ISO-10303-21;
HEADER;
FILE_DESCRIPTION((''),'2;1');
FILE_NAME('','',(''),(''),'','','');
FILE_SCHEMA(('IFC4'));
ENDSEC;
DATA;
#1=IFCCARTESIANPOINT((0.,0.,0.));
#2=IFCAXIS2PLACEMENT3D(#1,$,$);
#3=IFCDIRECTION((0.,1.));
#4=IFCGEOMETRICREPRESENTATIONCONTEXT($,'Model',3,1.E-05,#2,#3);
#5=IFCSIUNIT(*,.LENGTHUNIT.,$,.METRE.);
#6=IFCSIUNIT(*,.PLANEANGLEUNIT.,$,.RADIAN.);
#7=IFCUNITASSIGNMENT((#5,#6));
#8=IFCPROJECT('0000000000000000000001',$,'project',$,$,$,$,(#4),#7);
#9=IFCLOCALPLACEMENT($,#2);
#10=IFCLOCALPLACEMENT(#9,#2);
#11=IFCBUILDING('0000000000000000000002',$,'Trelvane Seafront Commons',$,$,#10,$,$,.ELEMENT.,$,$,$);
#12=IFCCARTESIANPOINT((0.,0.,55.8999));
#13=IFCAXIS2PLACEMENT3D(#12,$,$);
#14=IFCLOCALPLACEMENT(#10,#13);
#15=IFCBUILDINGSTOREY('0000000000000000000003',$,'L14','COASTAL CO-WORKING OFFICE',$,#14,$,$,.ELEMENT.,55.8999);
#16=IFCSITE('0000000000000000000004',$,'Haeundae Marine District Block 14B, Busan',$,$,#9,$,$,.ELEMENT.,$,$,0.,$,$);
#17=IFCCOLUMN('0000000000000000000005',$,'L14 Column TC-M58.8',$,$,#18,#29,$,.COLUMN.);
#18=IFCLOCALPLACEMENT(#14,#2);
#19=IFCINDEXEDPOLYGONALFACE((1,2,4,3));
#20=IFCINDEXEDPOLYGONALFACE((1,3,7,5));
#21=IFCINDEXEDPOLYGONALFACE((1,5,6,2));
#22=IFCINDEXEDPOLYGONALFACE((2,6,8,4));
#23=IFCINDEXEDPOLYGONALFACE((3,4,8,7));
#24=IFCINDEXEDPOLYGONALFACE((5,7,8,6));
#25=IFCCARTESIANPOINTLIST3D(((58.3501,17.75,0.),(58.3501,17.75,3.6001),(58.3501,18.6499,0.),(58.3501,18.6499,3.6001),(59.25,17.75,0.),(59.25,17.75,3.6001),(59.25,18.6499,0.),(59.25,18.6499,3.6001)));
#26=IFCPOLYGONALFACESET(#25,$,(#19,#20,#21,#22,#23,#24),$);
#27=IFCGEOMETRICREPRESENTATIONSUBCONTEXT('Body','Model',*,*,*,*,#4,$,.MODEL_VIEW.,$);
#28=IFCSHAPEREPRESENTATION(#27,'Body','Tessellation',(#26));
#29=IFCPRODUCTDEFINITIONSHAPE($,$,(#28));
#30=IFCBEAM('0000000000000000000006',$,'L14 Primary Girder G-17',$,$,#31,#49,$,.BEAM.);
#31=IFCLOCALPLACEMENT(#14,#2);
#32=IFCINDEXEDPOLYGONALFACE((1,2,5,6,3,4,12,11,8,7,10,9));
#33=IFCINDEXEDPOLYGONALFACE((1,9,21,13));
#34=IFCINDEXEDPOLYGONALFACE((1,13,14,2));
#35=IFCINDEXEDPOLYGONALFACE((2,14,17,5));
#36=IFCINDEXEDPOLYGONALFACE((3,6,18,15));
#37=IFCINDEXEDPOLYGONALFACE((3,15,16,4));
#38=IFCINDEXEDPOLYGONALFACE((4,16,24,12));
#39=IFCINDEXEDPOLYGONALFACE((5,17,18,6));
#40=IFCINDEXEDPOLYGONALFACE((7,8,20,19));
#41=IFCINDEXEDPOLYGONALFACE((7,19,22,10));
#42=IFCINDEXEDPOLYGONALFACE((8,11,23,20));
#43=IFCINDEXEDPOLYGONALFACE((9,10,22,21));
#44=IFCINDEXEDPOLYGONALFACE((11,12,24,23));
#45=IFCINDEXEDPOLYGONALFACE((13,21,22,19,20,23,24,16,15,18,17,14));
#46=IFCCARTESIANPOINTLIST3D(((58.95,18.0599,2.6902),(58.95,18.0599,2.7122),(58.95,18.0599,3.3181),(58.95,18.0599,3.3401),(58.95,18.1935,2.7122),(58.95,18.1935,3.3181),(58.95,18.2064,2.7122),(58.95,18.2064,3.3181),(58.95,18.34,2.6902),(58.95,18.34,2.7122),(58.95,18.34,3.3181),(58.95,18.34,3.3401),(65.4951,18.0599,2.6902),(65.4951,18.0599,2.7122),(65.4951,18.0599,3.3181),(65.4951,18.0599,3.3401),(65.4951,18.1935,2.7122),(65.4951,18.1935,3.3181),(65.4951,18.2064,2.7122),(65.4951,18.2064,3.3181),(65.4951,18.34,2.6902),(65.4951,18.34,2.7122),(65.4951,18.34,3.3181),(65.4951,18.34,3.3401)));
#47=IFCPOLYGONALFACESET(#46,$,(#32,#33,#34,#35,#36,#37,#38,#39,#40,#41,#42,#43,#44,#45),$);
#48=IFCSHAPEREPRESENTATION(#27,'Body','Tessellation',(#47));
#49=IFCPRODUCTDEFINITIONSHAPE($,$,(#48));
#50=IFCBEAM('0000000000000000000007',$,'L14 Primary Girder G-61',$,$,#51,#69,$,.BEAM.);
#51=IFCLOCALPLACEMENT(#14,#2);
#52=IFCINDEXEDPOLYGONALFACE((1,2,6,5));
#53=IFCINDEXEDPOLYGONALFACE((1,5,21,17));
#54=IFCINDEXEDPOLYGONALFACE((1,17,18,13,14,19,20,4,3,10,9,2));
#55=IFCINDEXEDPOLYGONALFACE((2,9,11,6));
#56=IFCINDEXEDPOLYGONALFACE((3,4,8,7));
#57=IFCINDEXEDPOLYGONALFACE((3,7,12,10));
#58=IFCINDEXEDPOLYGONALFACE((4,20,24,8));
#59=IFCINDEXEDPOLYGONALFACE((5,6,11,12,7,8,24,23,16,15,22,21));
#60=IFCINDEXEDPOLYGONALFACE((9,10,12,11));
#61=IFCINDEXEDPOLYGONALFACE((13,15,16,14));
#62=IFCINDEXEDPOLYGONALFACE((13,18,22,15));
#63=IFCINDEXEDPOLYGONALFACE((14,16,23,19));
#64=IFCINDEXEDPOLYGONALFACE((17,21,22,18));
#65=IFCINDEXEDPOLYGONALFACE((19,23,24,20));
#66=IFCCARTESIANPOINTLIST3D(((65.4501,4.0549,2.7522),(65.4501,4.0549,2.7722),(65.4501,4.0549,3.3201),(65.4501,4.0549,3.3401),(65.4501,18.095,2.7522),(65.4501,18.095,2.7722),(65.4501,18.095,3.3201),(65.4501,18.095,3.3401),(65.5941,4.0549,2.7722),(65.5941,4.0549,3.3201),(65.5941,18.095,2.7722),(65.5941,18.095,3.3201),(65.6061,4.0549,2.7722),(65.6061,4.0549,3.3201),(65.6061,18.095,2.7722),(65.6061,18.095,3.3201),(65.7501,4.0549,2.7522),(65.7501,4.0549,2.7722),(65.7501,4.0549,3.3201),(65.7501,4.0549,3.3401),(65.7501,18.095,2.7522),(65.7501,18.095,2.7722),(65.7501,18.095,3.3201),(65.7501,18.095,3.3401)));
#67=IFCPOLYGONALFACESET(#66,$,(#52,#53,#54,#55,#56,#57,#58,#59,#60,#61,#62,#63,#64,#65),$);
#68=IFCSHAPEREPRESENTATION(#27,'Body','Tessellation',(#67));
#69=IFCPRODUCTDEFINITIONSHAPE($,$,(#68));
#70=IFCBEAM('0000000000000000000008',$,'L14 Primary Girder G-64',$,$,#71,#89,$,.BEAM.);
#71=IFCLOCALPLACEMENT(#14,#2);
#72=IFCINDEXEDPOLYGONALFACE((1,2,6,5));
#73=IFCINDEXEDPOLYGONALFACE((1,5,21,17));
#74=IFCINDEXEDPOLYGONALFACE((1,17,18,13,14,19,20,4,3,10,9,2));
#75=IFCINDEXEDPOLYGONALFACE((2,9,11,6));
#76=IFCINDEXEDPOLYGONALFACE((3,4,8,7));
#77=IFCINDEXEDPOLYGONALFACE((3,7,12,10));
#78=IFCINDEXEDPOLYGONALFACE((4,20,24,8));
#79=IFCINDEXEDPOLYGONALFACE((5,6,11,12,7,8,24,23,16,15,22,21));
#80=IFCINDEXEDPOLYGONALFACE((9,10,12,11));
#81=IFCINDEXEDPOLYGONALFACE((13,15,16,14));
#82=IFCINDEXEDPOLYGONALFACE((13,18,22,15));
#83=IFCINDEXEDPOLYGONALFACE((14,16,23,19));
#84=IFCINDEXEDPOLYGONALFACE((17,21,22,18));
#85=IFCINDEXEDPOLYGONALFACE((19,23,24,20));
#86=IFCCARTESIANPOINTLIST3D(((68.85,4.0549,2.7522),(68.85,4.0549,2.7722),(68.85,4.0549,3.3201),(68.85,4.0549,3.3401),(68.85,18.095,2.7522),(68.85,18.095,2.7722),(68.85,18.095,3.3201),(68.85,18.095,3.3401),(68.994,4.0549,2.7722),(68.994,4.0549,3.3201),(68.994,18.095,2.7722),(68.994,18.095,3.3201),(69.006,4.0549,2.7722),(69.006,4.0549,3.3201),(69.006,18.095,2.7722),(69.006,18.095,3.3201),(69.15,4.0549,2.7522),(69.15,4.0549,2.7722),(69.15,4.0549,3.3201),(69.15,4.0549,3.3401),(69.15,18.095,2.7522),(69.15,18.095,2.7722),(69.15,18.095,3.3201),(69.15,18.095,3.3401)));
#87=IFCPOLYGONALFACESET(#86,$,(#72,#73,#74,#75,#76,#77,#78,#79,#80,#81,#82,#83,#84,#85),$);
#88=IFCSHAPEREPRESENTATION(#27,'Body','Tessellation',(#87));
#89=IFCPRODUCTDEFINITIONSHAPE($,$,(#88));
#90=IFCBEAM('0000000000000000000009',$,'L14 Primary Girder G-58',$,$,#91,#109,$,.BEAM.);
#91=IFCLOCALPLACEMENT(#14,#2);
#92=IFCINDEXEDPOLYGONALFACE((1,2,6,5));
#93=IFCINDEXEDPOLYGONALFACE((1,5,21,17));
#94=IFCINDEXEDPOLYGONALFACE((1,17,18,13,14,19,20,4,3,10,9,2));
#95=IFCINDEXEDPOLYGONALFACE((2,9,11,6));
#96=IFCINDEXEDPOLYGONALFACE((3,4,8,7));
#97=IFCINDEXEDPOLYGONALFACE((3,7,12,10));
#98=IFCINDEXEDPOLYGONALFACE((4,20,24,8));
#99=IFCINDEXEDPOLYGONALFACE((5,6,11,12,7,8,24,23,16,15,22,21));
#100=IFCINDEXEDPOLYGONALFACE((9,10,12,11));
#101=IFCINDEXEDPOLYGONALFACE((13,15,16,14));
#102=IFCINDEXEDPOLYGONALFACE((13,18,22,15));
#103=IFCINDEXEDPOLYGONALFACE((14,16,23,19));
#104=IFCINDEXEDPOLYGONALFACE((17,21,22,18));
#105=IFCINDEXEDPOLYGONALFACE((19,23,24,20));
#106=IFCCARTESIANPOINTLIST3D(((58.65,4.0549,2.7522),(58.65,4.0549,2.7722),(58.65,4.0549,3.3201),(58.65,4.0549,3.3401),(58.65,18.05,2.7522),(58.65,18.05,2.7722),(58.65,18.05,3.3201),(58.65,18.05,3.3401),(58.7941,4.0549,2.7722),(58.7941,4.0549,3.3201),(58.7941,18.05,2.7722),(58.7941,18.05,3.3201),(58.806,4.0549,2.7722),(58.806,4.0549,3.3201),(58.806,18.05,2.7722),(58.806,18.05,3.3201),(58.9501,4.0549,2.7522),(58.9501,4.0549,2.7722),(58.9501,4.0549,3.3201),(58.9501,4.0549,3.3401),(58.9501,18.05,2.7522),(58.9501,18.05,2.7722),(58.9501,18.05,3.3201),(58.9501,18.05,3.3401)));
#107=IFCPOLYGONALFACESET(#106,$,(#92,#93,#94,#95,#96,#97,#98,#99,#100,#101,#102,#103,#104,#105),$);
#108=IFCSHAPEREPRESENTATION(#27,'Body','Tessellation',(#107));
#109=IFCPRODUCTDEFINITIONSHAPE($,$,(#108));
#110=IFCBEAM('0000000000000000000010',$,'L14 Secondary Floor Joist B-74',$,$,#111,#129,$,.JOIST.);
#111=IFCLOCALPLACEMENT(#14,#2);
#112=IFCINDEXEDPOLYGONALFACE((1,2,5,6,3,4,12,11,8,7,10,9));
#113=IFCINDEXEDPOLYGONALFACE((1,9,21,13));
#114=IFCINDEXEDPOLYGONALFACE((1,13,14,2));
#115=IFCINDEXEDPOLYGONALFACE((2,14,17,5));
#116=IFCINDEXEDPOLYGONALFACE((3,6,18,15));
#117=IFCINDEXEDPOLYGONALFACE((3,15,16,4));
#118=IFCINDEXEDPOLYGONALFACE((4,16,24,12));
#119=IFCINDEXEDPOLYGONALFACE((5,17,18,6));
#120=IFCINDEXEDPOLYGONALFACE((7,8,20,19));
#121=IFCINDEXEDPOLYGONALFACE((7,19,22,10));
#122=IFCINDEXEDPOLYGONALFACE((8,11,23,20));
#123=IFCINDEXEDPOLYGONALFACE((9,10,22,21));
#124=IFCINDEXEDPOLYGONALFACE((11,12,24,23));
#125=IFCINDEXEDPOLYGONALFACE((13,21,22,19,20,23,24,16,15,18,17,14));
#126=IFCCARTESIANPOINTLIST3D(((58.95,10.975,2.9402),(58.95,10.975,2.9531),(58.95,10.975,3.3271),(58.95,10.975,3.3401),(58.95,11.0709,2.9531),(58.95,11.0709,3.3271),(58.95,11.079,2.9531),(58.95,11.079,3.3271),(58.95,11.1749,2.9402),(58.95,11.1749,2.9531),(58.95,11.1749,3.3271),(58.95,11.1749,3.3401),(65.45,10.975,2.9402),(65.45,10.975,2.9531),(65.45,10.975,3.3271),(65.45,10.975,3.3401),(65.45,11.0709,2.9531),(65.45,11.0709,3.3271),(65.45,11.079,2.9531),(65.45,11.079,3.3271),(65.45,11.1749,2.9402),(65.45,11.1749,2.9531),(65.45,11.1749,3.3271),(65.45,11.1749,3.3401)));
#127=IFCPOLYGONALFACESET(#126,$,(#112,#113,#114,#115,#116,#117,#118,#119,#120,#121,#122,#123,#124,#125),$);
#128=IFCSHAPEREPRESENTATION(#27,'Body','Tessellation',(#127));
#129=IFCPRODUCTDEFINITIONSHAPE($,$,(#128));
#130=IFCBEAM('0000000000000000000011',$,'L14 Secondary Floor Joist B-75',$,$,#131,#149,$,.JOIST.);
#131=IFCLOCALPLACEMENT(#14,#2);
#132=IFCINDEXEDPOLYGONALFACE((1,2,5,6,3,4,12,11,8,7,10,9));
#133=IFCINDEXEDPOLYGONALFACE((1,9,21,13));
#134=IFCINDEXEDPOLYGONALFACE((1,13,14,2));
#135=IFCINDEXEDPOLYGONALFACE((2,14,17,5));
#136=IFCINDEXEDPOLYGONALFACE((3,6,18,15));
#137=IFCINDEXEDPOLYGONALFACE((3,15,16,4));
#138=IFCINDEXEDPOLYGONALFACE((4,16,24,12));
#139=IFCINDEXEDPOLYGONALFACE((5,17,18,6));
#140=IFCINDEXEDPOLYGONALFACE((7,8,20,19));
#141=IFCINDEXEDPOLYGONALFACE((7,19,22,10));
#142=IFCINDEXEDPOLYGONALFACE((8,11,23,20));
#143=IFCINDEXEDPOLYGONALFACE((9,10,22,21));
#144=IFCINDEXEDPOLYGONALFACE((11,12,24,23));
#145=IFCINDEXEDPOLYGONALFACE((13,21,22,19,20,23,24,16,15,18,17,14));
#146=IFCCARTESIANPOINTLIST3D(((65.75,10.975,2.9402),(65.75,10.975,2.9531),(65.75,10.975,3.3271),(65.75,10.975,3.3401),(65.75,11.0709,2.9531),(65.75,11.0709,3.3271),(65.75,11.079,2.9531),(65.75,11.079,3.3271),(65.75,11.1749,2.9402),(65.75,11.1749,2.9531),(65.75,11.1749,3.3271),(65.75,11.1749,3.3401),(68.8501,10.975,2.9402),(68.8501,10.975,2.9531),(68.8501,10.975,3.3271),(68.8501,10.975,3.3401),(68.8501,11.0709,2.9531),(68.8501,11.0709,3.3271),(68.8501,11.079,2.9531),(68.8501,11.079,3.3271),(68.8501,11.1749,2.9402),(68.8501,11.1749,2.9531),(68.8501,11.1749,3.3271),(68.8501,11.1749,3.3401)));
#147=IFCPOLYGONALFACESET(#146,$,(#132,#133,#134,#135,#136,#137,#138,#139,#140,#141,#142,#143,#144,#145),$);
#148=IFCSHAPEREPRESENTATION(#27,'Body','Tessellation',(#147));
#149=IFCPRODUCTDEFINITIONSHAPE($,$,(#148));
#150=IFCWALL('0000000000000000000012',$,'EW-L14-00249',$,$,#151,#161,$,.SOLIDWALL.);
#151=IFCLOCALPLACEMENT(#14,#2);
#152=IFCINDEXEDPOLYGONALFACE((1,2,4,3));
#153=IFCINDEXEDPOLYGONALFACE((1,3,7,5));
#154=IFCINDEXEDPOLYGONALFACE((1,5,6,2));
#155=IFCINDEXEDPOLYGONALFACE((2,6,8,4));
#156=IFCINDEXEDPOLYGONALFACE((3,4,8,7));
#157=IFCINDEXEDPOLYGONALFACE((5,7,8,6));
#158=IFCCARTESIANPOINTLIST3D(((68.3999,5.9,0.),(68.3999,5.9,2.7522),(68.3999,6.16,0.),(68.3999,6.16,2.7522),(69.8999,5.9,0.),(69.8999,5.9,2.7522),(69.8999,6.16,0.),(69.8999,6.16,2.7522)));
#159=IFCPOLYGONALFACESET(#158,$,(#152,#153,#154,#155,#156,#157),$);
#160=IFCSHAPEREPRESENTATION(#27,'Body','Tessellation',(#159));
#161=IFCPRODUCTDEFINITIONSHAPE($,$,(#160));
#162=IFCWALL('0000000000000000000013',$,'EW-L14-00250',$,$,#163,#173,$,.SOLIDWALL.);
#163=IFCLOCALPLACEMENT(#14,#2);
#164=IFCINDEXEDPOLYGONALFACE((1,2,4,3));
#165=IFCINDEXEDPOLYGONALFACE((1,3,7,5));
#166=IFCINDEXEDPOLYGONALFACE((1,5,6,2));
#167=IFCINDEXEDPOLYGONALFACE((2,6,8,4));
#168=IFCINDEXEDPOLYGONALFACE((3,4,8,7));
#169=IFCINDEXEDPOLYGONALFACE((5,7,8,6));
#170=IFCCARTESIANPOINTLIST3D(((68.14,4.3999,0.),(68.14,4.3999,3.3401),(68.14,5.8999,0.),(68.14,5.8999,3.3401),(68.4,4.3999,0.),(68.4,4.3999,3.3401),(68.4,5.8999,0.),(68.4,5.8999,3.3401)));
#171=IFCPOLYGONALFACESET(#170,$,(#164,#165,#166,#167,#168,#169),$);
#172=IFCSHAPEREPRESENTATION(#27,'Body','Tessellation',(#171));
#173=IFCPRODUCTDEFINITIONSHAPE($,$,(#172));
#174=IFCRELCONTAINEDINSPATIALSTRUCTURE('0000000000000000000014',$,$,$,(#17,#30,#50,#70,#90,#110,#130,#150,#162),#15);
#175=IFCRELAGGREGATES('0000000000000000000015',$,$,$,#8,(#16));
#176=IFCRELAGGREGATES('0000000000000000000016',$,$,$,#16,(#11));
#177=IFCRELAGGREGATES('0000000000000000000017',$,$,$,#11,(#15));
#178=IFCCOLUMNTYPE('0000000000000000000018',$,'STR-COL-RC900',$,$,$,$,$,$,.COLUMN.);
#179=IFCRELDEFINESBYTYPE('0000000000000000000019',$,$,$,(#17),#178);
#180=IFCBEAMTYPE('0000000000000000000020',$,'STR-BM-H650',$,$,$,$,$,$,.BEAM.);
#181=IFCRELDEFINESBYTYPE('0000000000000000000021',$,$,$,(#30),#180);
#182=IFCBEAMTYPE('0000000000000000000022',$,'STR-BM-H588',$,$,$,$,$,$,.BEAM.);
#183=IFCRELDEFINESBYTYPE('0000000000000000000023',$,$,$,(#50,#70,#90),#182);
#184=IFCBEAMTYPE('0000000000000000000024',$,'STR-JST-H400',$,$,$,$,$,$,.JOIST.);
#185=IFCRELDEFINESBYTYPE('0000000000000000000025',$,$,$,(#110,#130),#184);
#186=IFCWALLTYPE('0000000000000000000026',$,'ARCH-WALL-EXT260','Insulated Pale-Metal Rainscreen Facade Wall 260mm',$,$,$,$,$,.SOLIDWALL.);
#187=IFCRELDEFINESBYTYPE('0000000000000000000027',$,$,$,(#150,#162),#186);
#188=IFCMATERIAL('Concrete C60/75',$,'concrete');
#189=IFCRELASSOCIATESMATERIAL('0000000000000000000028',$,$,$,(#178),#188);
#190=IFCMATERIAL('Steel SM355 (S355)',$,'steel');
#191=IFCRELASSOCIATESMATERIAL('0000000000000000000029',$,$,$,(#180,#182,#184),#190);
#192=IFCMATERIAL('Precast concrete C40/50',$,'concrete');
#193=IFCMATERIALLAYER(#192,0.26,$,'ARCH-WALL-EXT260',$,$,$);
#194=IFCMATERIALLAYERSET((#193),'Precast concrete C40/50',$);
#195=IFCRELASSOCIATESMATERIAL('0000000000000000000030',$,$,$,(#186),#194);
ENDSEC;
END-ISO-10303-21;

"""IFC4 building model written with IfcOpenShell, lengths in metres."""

from ifc_helpers import new_model, si_unit, direction, frame, frame_2d, origin, origin_2d, place, context, subcontext, project, spatial, rectangle, i_section, extrude, source, transform, mapped, material, layer, layer_set, material_profile, profile_set, type_object, element, save


model = new_model("IFC4")

# Units and contexts
model_context = context("Model", 3, precision=1e-05, world=origin(), true_north=direction((0.0, 1.0)))
body_context = subcontext(model_context, "Body", "Model", "MODEL_VIEW")
ifc_project = project(units=[si_unit("LENGTHUNIT", "METRE"), si_unit("PLANEANGLEUNIT", "RADIAN")], contexts=[model_context])

# Site, building, storey
site_placement = place(None, origin())
site = spatial("IfcSite", under=ifc_project, at=site_placement, Name="Haeundae Marine District Block 14B, Busan", CompositionType="ELEMENT", RefElevation=0.0)
building_placement = place(site_placement, origin())
building = spatial("IfcBuilding", under=site, at=building_placement, Name="Trelvane Seafront Commons", CompositionType="ELEMENT")
storey_placement = place(building_placement, frame((0.0, 0.0, 55.8999)))
storey = spatial("IfcBuildingStorey", under=building, at=storey_placement, Name="L14", Description="COASTAL CO-WORKING OFFICE", CompositionType="ELEMENT", Elevation=55.8999)

# Column
ifc_material_1 = material(Name="Concrete C60/75", Category="concrete")
ifc_material_profile_1 = material_profile(ifc_material_1, rectangle(XDim=0.8999, YDim=0.8999, at=origin_2d()), Name="RC-900x900")
ifc_profile_set_1 = profile_set([ifc_material_profile_1], Name="Concrete C60/75")
column_type = type_object("IfcColumnType", Name="STR-COL-RC900", PredefinedType="COLUMN", material=ifc_profile_set_1)
shared_shape_1 = source(origin(), body_context, "Body", "SweptSolid", [
    extrude(rectangle(XDim=0.8999, YDim=0.8999, at=origin_2d()), origin(), (0.0, 0.0, 1.0), 3.6001),
])
column_placement = place(storey_placement, frame((58.8, 18.2, 0.0), z_axis=(0.0, 0.0, 1.0), x_axis=(1.0, 0.0, 0.0)))
element("IfcColumn", 1, at=column_placement, inside=storey, type_object=column_type, Name="L14 Column TC-M58.8", PredefinedType="COLUMN", context=body_context, shape_type="MappedRepresentation", body=[
    mapped(shared_shape_1, transform((0.0, 0.0, 0.0), x_axis=(1.0, 0.0, 0.0), y_axis=(0.0, 1.0, 0.0), z_axis=(0.0, 0.0, 1.0), scale=1.0)),
])

# Beams
ifc_material_2 = material(Name="Steel SM355 (S355)", Category="steel")
ifc_material_profile_2 = material_profile(ifc_material_2, i_section(OverallWidth=0.28, OverallDepth=0.6499, WebThickness=0.0129, FlangeThickness=0.022, at=origin_2d()), Name="H-650x280x13x22")
ifc_profile_set_2 = profile_set([ifc_material_profile_2], Name="Steel SM355 (S355)")
beam_type_1 = type_object("IfcBeamType", Name="STR-BM-H650", PredefinedType="BEAM", material=ifc_profile_set_2)
shared_shape_2 = source(origin(), body_context, "Body", "SweptSolid", [
    extrude(i_section(OverallWidth=0.28, OverallDepth=0.6499, WebThickness=0.0129, FlangeThickness=0.022, at=origin_2d()), origin(), (0.0, 0.0, 1.0), 6.5452),
])
beam_1_placement = place(storey_placement, frame((58.95, 18.2, 3.0151), z_axis=(1.0, 0.0, 0.0), x_axis=(0.0, 1.0, 0.0)))
element("IfcBeam", 2, at=beam_1_placement, inside=storey, type_object=beam_type_1, Name="L14 Primary Girder G-17", PredefinedType="BEAM", context=body_context, shape_type="MappedRepresentation", body=[
    mapped(shared_shape_2, transform((0.0, 0.0, 0.0), x_axis=(1.0, 0.0, 0.0), y_axis=(0.0, 1.0, 0.0), z_axis=(0.0, 0.0, 1.0), scale=1.0)),
])
ifc_material_profile_3 = material_profile(ifc_material_2, i_section(OverallWidth=0.3, OverallDepth=0.5879, WebThickness=0.012, FlangeThickness=0.02, at=origin_2d()), Name="H-588x300x12x20")
ifc_profile_set_3 = profile_set([ifc_material_profile_3], Name="Steel SM355 (S355)")
beam_type_2 = type_object("IfcBeamType", Name="STR-BM-H588", PredefinedType="BEAM", material=ifc_profile_set_3)
shared_shape_3 = source(origin(), body_context, "Body", "SweptSolid", [
    extrude(i_section(OverallWidth=0.3, OverallDepth=0.5879, WebThickness=0.012, FlangeThickness=0.02, at=origin_2d()), origin(), (0.0, 0.0, 1.0), 14.04),
])
for number, where, z_axis, x_axis, name in (
    (3, (65.6001, 4.0549, 3.0461), (0.0, 1.0, 0.0), (-1.0, 0.0, 0.0), "L14 Primary Girder G-61"),
    (4, (69.0, 4.0549, 3.0461), (0.0, 1.0, 0.0), (-1.0, 0.0, 0.0), "L14 Primary Girder G-64"),
):
    element("IfcBeam", number, at=place(storey_placement, frame(where, z_axis=z_axis, x_axis=x_axis)), inside=storey, type_object=beam_type_2, Name=name, PredefinedType="BEAM", context=body_context, shape_type="MappedRepresentation", body=[
        mapped(shared_shape_3, transform((0.0, 0.0, 0.0), x_axis=(1.0, 0.0, 0.0), y_axis=(0.0, 1.0, 0.0), z_axis=(0.0, 0.0, 1.0), scale=1.0)),
    ])
shared_shape_4 = source(origin(), body_context, "Body", "SweptSolid", [
    extrude(i_section(OverallWidth=0.3, OverallDepth=0.5879, WebThickness=0.012, FlangeThickness=0.02, at=origin_2d()), origin(), (0.0, 0.0, 1.0), 13.9951),
])
beam_2_placement = place(storey_placement, frame((58.8, 4.0549, 3.0461), z_axis=(0.0, 1.0, 0.0), x_axis=(-1.0, 0.0, 0.0)))
element("IfcBeam", 5, at=beam_2_placement, inside=storey, type_object=beam_type_2, Name="L14 Primary Girder G-58", PredefinedType="BEAM", context=body_context, shape_type="MappedRepresentation", body=[
    mapped(shared_shape_4, transform((0.0, 0.0, 0.0), x_axis=(1.0, 0.0, 0.0), y_axis=(0.0, 1.0, 0.0), z_axis=(0.0, 0.0, 1.0), scale=1.0)),
])
ifc_material_profile_4 = material_profile(ifc_material_2, i_section(OverallWidth=0.2, OverallDepth=0.3999, WebThickness=0.0081, FlangeThickness=0.0129, at=origin_2d()), Name="H-400x200x8x13")
ifc_profile_set_4 = profile_set([ifc_material_profile_4], Name="Steel SM355 (S355)")
beam_type_3 = type_object("IfcBeamType", Name="STR-JST-H400", PredefinedType="JOIST", material=ifc_profile_set_4)
shared_shape_5 = source(origin(), body_context, "Body", "SweptSolid", [
    extrude(i_section(OverallWidth=0.2, OverallDepth=0.3999, WebThickness=0.0081, FlangeThickness=0.0129, at=origin_2d()), origin(), (0.0, 0.0, 1.0), 6.5),
])
beam_3_placement = place(storey_placement, frame((58.95, 11.075, 3.1401), z_axis=(1.0, 0.0, 0.0), x_axis=(0.0, 1.0, 0.0)))
element("IfcBeam", 6, at=beam_3_placement, inside=storey, type_object=beam_type_3, Name="L14 Secondary Floor Joist B-74", PredefinedType="JOIST", context=body_context, shape_type="MappedRepresentation", body=[
    mapped(shared_shape_5, transform((0.0, 0.0, 0.0), x_axis=(1.0, 0.0, 0.0), y_axis=(0.0, 1.0, 0.0), z_axis=(0.0, 0.0, 1.0), scale=1.0)),
])
shared_shape_6 = source(origin(), body_context, "Body", "SweptSolid", [
    extrude(i_section(OverallWidth=0.2, OverallDepth=0.3999, WebThickness=0.0081, FlangeThickness=0.0129, at=origin_2d()), origin(), (0.0, 0.0, 1.0), 3.1001),
])
beam_4_placement = place(storey_placement, frame((65.75, 11.075, 3.1401), z_axis=(1.0, 0.0, 0.0), x_axis=(0.0, 1.0, 0.0)))
element("IfcBeam", 7, at=beam_4_placement, inside=storey, type_object=beam_type_3, Name="L14 Secondary Floor Joist B-75", PredefinedType="JOIST", context=body_context, shape_type="MappedRepresentation", body=[
    mapped(shared_shape_6, transform((0.0, 0.0, 0.0), x_axis=(1.0, 0.0, 0.0), y_axis=(0.0, 1.0, 0.0), z_axis=(0.0, 0.0, 1.0), scale=1.0)),
])

# Walls
ifc_material_3 = material(Name="Precast concrete C40/50", Category="concrete")
ifc_layer_1 = layer(ifc_material_3, 0.26, Name="ARCH-WALL-EXT260")
ifc_layer_set_1 = layer_set([ifc_layer_1], Name="Precast concrete C40/50")
wall_type_1 = type_object("IfcWallType", Name="ARCH-WALL-EXT260", Description="Insulated Pale-Metal Rainscreen Facade Wall 260mm", PredefinedType="SOLIDWALL", material=ifc_layer_set_1)
wall_1_placement = place(storey_placement, frame((69.8999, 6.03, 0.0), z_axis=(0.0, 0.0, 1.0), x_axis=(-1.0, 0.0, 0.0)))
element("IfcWall", 8, at=wall_1_placement, inside=storey, type_object=wall_type_1, Name="EW-L14-00249", PredefinedType="SOLIDWALL", context=body_context, shape_type="SweptSolid", body=[
    extrude(rectangle(XDim=1.5, YDim=0.26, at=frame_2d((0.75, 0.0))), origin(), (0.0, 0.0, 1.0), 2.7522),
])
for number, where, z_axis, x_axis, name in (
    (9, (68.27, 5.8999, 0.0), (0.0, 0.0, 1.0), (0.0, -1.0, 0.0), "EW-L14-00250"),
):
    element("IfcWall", number, at=place(storey_placement, frame(where, z_axis=z_axis, x_axis=x_axis)), inside=storey, type_object=wall_type_1, Name=name, PredefinedType="SOLIDWALL", context=body_context, shape_type="SweptSolid", body=[
        extrude(rectangle(XDim=1.5, YDim=0.26, at=frame_2d((0.75, 0.0))), origin(), (0.0, 0.0, 1.0), 3.3401),
    ])

save(model, "model.ifc")
